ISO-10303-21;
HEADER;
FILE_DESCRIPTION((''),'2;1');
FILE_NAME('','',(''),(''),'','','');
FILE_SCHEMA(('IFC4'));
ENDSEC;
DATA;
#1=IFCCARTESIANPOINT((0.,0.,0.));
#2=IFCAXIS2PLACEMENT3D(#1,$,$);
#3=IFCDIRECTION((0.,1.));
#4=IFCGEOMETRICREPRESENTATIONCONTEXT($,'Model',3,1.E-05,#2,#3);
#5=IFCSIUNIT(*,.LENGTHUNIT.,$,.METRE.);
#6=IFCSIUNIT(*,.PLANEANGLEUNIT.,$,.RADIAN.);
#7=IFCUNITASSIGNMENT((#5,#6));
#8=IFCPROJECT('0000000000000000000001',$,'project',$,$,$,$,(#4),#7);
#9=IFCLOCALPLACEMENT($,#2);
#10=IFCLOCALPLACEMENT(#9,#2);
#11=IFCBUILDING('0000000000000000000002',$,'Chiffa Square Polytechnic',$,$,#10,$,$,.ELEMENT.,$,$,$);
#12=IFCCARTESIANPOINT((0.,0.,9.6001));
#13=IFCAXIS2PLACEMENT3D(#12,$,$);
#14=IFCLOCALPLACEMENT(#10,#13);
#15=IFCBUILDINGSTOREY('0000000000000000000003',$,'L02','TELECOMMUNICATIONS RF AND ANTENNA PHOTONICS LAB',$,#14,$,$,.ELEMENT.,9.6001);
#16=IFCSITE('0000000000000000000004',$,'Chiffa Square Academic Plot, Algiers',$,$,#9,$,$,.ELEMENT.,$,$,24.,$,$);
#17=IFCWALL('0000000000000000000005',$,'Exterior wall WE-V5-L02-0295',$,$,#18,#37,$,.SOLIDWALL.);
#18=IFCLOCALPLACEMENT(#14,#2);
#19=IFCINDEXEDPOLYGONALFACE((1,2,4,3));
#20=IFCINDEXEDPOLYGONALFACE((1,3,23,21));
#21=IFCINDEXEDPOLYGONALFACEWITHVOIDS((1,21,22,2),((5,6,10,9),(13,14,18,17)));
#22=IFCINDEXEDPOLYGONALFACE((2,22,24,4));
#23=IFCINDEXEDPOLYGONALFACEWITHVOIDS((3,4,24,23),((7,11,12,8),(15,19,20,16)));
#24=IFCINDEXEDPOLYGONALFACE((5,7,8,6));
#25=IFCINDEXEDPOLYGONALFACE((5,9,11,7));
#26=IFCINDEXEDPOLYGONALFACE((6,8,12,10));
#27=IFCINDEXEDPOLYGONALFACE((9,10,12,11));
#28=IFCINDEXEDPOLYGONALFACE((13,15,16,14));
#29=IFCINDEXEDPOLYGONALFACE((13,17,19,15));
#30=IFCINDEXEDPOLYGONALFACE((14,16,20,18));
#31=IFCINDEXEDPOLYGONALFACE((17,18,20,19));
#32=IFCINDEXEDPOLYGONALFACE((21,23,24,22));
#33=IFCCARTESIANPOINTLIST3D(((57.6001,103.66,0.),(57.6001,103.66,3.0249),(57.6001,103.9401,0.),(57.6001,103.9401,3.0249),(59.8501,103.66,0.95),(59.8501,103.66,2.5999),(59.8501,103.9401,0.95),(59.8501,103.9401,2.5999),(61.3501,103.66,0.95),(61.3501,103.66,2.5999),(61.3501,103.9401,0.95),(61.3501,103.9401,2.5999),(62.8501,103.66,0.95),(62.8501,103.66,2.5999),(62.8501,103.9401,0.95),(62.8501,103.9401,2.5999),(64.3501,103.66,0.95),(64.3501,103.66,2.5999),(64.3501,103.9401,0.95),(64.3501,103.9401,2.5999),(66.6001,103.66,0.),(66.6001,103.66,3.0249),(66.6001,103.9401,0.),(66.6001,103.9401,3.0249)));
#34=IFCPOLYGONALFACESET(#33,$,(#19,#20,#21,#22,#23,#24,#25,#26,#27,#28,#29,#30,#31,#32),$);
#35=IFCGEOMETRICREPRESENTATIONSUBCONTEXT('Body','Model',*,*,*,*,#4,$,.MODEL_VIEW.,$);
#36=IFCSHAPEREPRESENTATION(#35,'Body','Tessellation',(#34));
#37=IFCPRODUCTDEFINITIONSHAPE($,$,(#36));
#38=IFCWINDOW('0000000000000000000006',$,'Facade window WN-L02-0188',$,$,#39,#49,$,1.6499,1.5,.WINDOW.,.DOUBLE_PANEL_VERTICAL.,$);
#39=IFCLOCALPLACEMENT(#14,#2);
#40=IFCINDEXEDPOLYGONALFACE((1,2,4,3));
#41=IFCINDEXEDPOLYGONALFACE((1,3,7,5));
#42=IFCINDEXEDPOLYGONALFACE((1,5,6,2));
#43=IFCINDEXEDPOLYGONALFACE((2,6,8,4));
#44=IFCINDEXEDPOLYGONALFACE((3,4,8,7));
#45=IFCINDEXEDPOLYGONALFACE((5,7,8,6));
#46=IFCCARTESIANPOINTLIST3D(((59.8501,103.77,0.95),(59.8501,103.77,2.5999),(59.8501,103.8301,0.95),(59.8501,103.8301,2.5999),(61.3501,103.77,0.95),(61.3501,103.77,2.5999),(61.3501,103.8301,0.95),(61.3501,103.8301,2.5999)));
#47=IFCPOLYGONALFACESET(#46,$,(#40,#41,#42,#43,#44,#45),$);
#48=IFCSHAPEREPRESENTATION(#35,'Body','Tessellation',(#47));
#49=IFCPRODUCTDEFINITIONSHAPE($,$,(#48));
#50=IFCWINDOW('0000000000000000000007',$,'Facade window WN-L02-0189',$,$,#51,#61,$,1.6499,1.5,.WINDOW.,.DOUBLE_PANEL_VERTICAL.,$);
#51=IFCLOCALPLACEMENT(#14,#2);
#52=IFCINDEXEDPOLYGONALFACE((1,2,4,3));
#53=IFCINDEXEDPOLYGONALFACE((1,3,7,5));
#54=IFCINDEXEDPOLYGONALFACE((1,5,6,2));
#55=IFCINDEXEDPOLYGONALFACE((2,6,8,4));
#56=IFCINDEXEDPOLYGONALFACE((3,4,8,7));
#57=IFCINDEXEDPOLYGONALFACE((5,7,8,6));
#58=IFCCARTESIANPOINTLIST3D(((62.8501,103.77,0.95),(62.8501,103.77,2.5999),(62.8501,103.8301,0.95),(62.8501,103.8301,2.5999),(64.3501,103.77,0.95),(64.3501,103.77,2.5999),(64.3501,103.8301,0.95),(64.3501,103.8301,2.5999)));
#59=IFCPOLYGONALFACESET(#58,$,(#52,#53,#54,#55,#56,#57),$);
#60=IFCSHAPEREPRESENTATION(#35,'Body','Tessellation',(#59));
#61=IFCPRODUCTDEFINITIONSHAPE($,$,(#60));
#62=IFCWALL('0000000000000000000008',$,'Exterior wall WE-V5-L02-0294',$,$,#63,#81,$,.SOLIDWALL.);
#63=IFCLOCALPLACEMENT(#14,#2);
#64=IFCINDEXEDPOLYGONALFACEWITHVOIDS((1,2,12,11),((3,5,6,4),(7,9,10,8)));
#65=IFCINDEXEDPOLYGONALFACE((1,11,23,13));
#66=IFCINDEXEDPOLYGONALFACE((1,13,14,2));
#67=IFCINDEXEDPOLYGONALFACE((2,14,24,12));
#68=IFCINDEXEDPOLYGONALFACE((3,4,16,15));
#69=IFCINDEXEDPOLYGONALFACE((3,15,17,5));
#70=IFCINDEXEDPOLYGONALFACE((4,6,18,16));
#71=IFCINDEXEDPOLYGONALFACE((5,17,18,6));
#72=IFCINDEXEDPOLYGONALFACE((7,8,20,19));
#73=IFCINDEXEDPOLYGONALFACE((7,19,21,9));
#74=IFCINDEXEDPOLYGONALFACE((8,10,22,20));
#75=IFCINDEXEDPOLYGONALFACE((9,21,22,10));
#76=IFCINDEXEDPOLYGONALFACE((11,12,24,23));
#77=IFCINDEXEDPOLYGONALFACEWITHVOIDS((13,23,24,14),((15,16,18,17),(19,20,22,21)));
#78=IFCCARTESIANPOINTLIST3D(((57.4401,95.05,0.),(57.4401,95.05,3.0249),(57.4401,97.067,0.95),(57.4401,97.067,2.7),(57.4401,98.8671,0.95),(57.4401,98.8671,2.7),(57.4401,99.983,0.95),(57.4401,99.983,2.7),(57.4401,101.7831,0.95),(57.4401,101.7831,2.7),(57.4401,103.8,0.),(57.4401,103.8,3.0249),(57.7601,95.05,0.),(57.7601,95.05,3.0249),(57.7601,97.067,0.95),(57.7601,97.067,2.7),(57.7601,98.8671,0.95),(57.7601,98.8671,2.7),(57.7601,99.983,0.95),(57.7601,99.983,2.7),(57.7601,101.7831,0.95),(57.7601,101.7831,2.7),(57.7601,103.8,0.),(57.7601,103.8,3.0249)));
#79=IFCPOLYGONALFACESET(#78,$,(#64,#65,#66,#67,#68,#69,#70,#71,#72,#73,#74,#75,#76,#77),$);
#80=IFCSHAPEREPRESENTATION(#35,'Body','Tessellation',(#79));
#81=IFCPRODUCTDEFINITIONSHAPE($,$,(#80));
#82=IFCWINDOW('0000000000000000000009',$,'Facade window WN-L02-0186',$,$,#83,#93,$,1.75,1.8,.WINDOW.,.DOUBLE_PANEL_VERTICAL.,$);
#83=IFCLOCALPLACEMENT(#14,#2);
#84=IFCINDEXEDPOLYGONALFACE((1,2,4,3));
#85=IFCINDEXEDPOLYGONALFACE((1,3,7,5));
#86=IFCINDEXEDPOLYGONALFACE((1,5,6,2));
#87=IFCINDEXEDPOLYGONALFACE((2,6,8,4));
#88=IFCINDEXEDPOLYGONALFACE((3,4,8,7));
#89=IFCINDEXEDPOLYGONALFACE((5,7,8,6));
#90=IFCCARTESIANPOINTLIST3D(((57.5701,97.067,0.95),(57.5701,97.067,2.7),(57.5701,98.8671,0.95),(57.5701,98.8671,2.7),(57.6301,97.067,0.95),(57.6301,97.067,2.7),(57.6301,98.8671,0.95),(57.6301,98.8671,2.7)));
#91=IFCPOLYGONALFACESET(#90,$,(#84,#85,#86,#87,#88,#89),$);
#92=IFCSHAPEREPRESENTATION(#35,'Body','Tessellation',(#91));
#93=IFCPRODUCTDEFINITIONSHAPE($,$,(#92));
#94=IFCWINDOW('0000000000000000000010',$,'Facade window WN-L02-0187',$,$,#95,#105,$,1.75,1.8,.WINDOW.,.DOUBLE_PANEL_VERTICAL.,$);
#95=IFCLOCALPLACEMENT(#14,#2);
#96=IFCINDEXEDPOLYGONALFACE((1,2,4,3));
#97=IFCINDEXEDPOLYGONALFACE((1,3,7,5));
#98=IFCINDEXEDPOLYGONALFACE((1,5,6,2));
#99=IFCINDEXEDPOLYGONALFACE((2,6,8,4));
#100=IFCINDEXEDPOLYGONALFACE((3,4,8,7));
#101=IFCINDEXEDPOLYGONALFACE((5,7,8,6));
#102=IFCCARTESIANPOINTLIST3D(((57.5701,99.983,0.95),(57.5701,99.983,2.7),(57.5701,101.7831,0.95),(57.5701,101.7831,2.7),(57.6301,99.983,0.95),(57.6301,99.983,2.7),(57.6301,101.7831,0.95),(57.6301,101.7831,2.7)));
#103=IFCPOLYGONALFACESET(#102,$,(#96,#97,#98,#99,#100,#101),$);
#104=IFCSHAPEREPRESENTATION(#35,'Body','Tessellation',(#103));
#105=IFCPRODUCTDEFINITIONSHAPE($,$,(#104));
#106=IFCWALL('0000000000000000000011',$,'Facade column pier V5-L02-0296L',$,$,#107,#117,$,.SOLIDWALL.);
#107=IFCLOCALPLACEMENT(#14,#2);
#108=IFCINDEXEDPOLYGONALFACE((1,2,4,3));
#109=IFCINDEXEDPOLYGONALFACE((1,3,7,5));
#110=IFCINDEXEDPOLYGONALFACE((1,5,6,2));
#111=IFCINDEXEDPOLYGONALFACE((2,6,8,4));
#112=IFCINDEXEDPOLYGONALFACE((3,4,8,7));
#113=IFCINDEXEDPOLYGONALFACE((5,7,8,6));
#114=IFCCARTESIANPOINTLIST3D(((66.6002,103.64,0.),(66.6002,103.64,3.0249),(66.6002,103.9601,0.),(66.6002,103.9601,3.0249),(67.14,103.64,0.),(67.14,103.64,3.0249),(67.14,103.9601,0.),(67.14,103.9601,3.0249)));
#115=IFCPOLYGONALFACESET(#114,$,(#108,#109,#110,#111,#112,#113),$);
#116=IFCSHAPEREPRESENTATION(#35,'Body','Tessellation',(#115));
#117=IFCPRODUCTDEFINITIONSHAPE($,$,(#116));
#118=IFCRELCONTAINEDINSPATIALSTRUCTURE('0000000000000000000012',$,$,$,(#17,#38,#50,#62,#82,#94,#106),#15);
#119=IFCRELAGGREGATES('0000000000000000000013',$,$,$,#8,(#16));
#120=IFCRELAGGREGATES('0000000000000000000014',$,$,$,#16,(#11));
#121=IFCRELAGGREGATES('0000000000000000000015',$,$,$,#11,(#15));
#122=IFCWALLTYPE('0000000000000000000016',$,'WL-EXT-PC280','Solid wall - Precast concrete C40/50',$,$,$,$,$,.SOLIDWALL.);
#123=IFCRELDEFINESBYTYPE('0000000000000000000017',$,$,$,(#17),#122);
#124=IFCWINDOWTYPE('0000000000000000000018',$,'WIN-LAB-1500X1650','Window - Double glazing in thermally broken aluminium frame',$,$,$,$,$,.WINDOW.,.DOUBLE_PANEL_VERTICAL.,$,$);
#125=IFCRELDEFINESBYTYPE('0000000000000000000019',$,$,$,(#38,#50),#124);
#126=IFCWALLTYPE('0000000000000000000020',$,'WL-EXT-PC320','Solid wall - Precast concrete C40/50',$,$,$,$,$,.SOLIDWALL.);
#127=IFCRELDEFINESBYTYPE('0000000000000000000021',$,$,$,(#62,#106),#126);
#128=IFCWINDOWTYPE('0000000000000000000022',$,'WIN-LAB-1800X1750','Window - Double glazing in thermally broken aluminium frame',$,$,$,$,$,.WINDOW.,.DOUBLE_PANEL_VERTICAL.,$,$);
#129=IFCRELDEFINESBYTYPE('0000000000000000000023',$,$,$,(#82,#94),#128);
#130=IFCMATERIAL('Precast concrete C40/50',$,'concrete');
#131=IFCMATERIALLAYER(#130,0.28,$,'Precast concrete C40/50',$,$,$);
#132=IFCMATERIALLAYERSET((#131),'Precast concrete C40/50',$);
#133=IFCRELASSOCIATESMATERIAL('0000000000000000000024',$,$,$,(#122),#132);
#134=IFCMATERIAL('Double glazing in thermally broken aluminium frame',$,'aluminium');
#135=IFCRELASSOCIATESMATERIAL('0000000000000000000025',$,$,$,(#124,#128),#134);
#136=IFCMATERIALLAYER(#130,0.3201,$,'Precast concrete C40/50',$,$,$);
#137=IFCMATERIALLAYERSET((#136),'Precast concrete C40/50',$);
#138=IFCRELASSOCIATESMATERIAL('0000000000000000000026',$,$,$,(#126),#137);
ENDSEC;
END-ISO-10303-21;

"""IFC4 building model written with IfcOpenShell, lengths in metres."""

from ifc_helpers import new_model, si_unit, direction, frame, frame_2d, origin, place, context, subcontext, project, spatial, rectangle, extrude, material, layer, layer_set, type_object, element, fill, save


model = new_model("IFC4")

# Units and contexts
model_context = context("Model", 3, precision=1e-05, world=origin(), true_north=direction((0.0, 1.0)))
body_context = subcontext(model_context, "Body", "Model", "MODEL_VIEW")
ifc_project = project(units=[si_unit("LENGTHUNIT", "METRE"), si_unit("PLANEANGLEUNIT", "RADIAN")], contexts=[model_context])

# Site, building, storey
site_placement = place(None, origin())
site = spatial("IfcSite", under=ifc_project, at=site_placement, Name="Chiffa Square Academic Plot, Algiers", CompositionType="ELEMENT", RefElevation=24.0)
building_placement = place(site_placement, origin())
building = spatial("IfcBuilding", under=site, at=building_placement, Name="Chiffa Square Polytechnic", CompositionType="ELEMENT")
storey_placement = place(building_placement, frame((0.0, 0.0, 9.6001)))
storey = spatial("IfcBuildingStorey", under=building, at=storey_placement, Name="L02", Description="TELECOMMUNICATIONS RF AND ANTENNA PHOTONICS LAB", CompositionType="ELEMENT", Elevation=9.6001)

# Walls, openings, windows
ifc_material_1 = material(Name="Precast concrete C40/50", Category="concrete")
ifc_layer_1 = layer(ifc_material_1, 0.28, Name="Precast concrete C40/50")
ifc_layer_set_1 = layer_set([ifc_layer_1], Name="Precast concrete C40/50")
wall_type_1 = type_object("IfcWallType", Name="WL-EXT-PC280", Description="Solid wall - Precast concrete C40/50", PredefinedType="SOLIDWALL", material=ifc_layer_set_1)
wall_1_placement = place(storey_placement, frame((57.6001, 103.8, 0.0), z_axis=(0.0, 0.0, 1.0), x_axis=(1.0, 0.0, 0.0)))
wall_1 = element("IfcWall", 1, at=wall_1_placement, inside=storey, type_object=wall_type_1, Name="Exterior wall WE-V5-L02-0295", PredefinedType="SOLIDWALL", context=body_context, shape_type="SweptSolid", body=[
    extrude(rectangle(XDim=9.0, YDim=0.28, at=frame_2d((4.5, 0.0))), origin(), (0.0, 0.0, 1.0), 3.0249),
])
opening_1_placement = place(wall_1_placement, frame((2.25, 0.0, 0.95)))
opening_1 = element("IfcOpeningElement", 2, at=opening_1_placement, cuts=wall_1, PredefinedType="OPENING", context=body_context, shape_type="SweptSolid", body=[
    extrude(rectangle(XDim=1.5, YDim=1.6499, at=frame_2d((0.75, 0.825))), frame((0.0, 0.1499, 0.0), z_axis=(0.0, -1.0, 0.0), x_axis=(1.0, 0.0, 0.0)), (0.0, 0.0, 1.0), 0.3),
])
opening_2_placement = place(wall_1_placement, frame((5.25, 0.0, 0.95)))
opening_2 = element("IfcOpeningElement", 3, at=opening_2_placement, cuts=wall_1, PredefinedType="OPENING", context=body_context, shape_type="SweptSolid", body=[
    extrude(rectangle(XDim=1.5, YDim=1.6499, at=frame_2d((0.75, 0.825))), frame((0.0, 0.1499, 0.0), z_axis=(0.0, -1.0, 0.0), x_axis=(1.0, 0.0, 0.0)), (0.0, 0.0, 1.0), 0.3),
])
ifc_material_2 = material(Name="Double glazing in thermally broken aluminium frame", Category="aluminium")
window_type_1 = type_object("IfcWindowType", Name="WIN-LAB-1500X1650", Description="Window - Double glazing in thermally broken aluminium frame", PartitioningType="DOUBLE_PANEL_VERTICAL", PredefinedType="WINDOW", material=ifc_material_2)
window_1_placement = place(opening_1_placement, origin())
window_1 = element("IfcWindow", 4, at=window_1_placement, inside=storey, type_object=window_type_1, Name="Facade window WN-L02-0188", OverallHeight=1.6499, OverallWidth=1.5, PartitioningType="DOUBLE_PANEL_VERTICAL", PredefinedType="WINDOW", context=body_context, shape_type="SweptSolid", body=[
    extrude(rectangle(XDim=1.5, YDim=1.6499, at=frame_2d((0.75, 0.825))), frame((0.0, 0.03, 0.0), z_axis=(0.0, -1.0, 0.0), x_axis=(1.0, 0.0, 0.0)), (0.0, 0.0, 1.0), 0.0601),
])
fill(opening_1, window_1)
window_2_placement = place(opening_2_placement, origin())
window_2 = element("IfcWindow", 5, at=window_2_placement, inside=storey, type_object=window_type_1, Name="Facade window WN-L02-0189", OverallHeight=1.6499, OverallWidth=1.5, PartitioningType="DOUBLE_PANEL_VERTICAL", PredefinedType="WINDOW", context=body_context, shape_type="SweptSolid", body=[
    extrude(rectangle(XDim=1.5, YDim=1.6499, at=frame_2d((0.75, 0.825))), frame((0.0, 0.03, 0.0), z_axis=(0.0, -1.0, 0.0), x_axis=(1.0, 0.0, 0.0)), (0.0, 0.0, 1.0), 0.0601),
])
fill(opening_2, window_2)
ifc_layer_2 = layer(ifc_material_1, 0.3201, Name="Precast concrete C40/50")
ifc_layer_set_2 = layer_set([ifc_layer_2], Name="Precast concrete C40/50")
wall_type_2 = type_object("IfcWallType", Name="WL-EXT-PC320", Description="Solid wall - Precast concrete C40/50", PredefinedType="SOLIDWALL", material=ifc_layer_set_2)
wall_2_placement = place(storey_placement, frame((57.6001, 95.05, 0.0), z_axis=(0.0, 0.0, 1.0), x_axis=(0.0, 1.0, 0.0)))
wall_2 = element("IfcWall", 6, at=wall_2_placement, inside=storey, type_object=wall_type_2, Name="Exterior wall WE-V5-L02-0294", PredefinedType="SOLIDWALL", context=body_context, shape_type="SweptSolid", body=[
    extrude(rectangle(XDim=8.75, YDim=0.3201, at=frame_2d((4.375, 0.0))), origin(), (0.0, 0.0, 1.0), 3.0249),
])
opening_3_placement = place(wall_2_placement, frame((2.0171, 0.0, 0.95)))
opening_3 = element("IfcOpeningElement", 7, at=opening_3_placement, cuts=wall_2, PredefinedType="OPENING", context=body_context, shape_type="SweptSolid", body=[
    extrude(rectangle(XDim=1.8, YDim=1.75, at=frame_2d((0.8999, 0.875))), frame((0.0, 0.1699, 0.0), z_axis=(0.0, -1.0, 0.0), x_axis=(1.0, 0.0, 0.0)), (0.0, 0.0, 1.0), 0.3401),
])
opening_4_placement = place(wall_2_placement, frame((4.9331, 0.0, 0.95)))
opening_4 = element("IfcOpeningElement", 8, at=opening_4_placement, cuts=wall_2, PredefinedType="OPENING", context=body_context, shape_type="SweptSolid", body=[
    extrude(rectangle(XDim=1.8, YDim=1.75, at=frame_2d((0.8999, 0.875))), frame((0.0, 0.1699, 0.0), z_axis=(0.0, -1.0, 0.0), x_axis=(1.0, 0.0, 0.0)), (0.0, 0.0, 1.0), 0.3401),
])
window_type_2 = type_object("IfcWindowType", Name="WIN-LAB-1800X1750", Description="Window - Double glazing in thermally broken aluminium frame", PartitioningType="DOUBLE_PANEL_VERTICAL", PredefinedType="WINDOW", material=ifc_material_2)
window_3_placement = place(opening_3_placement, origin())
window_3 = element("IfcWindow", 9, at=window_3_placement, inside=storey, type_object=window_type_2, Name="Facade window WN-L02-0186", OverallHeight=1.75, OverallWidth=1.8, PartitioningType="DOUBLE_PANEL_VERTICAL", PredefinedType="WINDOW", context=body_context, shape_type="SweptSolid", body=[
    extrude(rectangle(XDim=1.8, YDim=1.75, at=frame_2d((0.8999, 0.875))), frame((0.0, 0.03, 0.0), z_axis=(0.0, -1.0, 0.0), x_axis=(1.0, 0.0, 0.0)), (0.0, 0.0, 1.0), 0.0601),
])
fill(opening_3, window_3)
window_4_placement = place(opening_4_placement, origin())
window_4 = element("IfcWindow", 10, at=window_4_placement, inside=storey, type_object=window_type_2, Name="Facade window WN-L02-0187", OverallHeight=1.75, OverallWidth=1.8, PartitioningType="DOUBLE_PANEL_VERTICAL", PredefinedType="WINDOW", context=body_context, shape_type="SweptSolid", body=[
    extrude(rectangle(XDim=1.8, YDim=1.75, at=frame_2d((0.8999, 0.875))), frame((0.0, 0.03, 0.0), z_axis=(0.0, -1.0, 0.0), x_axis=(1.0, 0.0, 0.0)), (0.0, 0.0, 1.0), 0.0601),
])
fill(opening_4, window_4)

# Wall
wall_3_placement = place(storey_placement, frame((66.6001, 103.8, 0.0), z_axis=(0.0, 0.0, 1.0), x_axis=(1.0, 0.0, 0.0)))
element("IfcWall", 11, at=wall_3_placement, inside=storey, type_object=wall_type_2, Name="Facade column pier V5-L02-0296L", PredefinedType="SOLIDWALL", context=body_context, shape_type="SweptSolid", body=[
    extrude(rectangle(XDim=0.5398, YDim=0.3201, at=frame_2d((0.27, 0.0))), origin(), (0.0, 0.0, 1.0), 3.0249),
])

save(model, "model.ifc")
